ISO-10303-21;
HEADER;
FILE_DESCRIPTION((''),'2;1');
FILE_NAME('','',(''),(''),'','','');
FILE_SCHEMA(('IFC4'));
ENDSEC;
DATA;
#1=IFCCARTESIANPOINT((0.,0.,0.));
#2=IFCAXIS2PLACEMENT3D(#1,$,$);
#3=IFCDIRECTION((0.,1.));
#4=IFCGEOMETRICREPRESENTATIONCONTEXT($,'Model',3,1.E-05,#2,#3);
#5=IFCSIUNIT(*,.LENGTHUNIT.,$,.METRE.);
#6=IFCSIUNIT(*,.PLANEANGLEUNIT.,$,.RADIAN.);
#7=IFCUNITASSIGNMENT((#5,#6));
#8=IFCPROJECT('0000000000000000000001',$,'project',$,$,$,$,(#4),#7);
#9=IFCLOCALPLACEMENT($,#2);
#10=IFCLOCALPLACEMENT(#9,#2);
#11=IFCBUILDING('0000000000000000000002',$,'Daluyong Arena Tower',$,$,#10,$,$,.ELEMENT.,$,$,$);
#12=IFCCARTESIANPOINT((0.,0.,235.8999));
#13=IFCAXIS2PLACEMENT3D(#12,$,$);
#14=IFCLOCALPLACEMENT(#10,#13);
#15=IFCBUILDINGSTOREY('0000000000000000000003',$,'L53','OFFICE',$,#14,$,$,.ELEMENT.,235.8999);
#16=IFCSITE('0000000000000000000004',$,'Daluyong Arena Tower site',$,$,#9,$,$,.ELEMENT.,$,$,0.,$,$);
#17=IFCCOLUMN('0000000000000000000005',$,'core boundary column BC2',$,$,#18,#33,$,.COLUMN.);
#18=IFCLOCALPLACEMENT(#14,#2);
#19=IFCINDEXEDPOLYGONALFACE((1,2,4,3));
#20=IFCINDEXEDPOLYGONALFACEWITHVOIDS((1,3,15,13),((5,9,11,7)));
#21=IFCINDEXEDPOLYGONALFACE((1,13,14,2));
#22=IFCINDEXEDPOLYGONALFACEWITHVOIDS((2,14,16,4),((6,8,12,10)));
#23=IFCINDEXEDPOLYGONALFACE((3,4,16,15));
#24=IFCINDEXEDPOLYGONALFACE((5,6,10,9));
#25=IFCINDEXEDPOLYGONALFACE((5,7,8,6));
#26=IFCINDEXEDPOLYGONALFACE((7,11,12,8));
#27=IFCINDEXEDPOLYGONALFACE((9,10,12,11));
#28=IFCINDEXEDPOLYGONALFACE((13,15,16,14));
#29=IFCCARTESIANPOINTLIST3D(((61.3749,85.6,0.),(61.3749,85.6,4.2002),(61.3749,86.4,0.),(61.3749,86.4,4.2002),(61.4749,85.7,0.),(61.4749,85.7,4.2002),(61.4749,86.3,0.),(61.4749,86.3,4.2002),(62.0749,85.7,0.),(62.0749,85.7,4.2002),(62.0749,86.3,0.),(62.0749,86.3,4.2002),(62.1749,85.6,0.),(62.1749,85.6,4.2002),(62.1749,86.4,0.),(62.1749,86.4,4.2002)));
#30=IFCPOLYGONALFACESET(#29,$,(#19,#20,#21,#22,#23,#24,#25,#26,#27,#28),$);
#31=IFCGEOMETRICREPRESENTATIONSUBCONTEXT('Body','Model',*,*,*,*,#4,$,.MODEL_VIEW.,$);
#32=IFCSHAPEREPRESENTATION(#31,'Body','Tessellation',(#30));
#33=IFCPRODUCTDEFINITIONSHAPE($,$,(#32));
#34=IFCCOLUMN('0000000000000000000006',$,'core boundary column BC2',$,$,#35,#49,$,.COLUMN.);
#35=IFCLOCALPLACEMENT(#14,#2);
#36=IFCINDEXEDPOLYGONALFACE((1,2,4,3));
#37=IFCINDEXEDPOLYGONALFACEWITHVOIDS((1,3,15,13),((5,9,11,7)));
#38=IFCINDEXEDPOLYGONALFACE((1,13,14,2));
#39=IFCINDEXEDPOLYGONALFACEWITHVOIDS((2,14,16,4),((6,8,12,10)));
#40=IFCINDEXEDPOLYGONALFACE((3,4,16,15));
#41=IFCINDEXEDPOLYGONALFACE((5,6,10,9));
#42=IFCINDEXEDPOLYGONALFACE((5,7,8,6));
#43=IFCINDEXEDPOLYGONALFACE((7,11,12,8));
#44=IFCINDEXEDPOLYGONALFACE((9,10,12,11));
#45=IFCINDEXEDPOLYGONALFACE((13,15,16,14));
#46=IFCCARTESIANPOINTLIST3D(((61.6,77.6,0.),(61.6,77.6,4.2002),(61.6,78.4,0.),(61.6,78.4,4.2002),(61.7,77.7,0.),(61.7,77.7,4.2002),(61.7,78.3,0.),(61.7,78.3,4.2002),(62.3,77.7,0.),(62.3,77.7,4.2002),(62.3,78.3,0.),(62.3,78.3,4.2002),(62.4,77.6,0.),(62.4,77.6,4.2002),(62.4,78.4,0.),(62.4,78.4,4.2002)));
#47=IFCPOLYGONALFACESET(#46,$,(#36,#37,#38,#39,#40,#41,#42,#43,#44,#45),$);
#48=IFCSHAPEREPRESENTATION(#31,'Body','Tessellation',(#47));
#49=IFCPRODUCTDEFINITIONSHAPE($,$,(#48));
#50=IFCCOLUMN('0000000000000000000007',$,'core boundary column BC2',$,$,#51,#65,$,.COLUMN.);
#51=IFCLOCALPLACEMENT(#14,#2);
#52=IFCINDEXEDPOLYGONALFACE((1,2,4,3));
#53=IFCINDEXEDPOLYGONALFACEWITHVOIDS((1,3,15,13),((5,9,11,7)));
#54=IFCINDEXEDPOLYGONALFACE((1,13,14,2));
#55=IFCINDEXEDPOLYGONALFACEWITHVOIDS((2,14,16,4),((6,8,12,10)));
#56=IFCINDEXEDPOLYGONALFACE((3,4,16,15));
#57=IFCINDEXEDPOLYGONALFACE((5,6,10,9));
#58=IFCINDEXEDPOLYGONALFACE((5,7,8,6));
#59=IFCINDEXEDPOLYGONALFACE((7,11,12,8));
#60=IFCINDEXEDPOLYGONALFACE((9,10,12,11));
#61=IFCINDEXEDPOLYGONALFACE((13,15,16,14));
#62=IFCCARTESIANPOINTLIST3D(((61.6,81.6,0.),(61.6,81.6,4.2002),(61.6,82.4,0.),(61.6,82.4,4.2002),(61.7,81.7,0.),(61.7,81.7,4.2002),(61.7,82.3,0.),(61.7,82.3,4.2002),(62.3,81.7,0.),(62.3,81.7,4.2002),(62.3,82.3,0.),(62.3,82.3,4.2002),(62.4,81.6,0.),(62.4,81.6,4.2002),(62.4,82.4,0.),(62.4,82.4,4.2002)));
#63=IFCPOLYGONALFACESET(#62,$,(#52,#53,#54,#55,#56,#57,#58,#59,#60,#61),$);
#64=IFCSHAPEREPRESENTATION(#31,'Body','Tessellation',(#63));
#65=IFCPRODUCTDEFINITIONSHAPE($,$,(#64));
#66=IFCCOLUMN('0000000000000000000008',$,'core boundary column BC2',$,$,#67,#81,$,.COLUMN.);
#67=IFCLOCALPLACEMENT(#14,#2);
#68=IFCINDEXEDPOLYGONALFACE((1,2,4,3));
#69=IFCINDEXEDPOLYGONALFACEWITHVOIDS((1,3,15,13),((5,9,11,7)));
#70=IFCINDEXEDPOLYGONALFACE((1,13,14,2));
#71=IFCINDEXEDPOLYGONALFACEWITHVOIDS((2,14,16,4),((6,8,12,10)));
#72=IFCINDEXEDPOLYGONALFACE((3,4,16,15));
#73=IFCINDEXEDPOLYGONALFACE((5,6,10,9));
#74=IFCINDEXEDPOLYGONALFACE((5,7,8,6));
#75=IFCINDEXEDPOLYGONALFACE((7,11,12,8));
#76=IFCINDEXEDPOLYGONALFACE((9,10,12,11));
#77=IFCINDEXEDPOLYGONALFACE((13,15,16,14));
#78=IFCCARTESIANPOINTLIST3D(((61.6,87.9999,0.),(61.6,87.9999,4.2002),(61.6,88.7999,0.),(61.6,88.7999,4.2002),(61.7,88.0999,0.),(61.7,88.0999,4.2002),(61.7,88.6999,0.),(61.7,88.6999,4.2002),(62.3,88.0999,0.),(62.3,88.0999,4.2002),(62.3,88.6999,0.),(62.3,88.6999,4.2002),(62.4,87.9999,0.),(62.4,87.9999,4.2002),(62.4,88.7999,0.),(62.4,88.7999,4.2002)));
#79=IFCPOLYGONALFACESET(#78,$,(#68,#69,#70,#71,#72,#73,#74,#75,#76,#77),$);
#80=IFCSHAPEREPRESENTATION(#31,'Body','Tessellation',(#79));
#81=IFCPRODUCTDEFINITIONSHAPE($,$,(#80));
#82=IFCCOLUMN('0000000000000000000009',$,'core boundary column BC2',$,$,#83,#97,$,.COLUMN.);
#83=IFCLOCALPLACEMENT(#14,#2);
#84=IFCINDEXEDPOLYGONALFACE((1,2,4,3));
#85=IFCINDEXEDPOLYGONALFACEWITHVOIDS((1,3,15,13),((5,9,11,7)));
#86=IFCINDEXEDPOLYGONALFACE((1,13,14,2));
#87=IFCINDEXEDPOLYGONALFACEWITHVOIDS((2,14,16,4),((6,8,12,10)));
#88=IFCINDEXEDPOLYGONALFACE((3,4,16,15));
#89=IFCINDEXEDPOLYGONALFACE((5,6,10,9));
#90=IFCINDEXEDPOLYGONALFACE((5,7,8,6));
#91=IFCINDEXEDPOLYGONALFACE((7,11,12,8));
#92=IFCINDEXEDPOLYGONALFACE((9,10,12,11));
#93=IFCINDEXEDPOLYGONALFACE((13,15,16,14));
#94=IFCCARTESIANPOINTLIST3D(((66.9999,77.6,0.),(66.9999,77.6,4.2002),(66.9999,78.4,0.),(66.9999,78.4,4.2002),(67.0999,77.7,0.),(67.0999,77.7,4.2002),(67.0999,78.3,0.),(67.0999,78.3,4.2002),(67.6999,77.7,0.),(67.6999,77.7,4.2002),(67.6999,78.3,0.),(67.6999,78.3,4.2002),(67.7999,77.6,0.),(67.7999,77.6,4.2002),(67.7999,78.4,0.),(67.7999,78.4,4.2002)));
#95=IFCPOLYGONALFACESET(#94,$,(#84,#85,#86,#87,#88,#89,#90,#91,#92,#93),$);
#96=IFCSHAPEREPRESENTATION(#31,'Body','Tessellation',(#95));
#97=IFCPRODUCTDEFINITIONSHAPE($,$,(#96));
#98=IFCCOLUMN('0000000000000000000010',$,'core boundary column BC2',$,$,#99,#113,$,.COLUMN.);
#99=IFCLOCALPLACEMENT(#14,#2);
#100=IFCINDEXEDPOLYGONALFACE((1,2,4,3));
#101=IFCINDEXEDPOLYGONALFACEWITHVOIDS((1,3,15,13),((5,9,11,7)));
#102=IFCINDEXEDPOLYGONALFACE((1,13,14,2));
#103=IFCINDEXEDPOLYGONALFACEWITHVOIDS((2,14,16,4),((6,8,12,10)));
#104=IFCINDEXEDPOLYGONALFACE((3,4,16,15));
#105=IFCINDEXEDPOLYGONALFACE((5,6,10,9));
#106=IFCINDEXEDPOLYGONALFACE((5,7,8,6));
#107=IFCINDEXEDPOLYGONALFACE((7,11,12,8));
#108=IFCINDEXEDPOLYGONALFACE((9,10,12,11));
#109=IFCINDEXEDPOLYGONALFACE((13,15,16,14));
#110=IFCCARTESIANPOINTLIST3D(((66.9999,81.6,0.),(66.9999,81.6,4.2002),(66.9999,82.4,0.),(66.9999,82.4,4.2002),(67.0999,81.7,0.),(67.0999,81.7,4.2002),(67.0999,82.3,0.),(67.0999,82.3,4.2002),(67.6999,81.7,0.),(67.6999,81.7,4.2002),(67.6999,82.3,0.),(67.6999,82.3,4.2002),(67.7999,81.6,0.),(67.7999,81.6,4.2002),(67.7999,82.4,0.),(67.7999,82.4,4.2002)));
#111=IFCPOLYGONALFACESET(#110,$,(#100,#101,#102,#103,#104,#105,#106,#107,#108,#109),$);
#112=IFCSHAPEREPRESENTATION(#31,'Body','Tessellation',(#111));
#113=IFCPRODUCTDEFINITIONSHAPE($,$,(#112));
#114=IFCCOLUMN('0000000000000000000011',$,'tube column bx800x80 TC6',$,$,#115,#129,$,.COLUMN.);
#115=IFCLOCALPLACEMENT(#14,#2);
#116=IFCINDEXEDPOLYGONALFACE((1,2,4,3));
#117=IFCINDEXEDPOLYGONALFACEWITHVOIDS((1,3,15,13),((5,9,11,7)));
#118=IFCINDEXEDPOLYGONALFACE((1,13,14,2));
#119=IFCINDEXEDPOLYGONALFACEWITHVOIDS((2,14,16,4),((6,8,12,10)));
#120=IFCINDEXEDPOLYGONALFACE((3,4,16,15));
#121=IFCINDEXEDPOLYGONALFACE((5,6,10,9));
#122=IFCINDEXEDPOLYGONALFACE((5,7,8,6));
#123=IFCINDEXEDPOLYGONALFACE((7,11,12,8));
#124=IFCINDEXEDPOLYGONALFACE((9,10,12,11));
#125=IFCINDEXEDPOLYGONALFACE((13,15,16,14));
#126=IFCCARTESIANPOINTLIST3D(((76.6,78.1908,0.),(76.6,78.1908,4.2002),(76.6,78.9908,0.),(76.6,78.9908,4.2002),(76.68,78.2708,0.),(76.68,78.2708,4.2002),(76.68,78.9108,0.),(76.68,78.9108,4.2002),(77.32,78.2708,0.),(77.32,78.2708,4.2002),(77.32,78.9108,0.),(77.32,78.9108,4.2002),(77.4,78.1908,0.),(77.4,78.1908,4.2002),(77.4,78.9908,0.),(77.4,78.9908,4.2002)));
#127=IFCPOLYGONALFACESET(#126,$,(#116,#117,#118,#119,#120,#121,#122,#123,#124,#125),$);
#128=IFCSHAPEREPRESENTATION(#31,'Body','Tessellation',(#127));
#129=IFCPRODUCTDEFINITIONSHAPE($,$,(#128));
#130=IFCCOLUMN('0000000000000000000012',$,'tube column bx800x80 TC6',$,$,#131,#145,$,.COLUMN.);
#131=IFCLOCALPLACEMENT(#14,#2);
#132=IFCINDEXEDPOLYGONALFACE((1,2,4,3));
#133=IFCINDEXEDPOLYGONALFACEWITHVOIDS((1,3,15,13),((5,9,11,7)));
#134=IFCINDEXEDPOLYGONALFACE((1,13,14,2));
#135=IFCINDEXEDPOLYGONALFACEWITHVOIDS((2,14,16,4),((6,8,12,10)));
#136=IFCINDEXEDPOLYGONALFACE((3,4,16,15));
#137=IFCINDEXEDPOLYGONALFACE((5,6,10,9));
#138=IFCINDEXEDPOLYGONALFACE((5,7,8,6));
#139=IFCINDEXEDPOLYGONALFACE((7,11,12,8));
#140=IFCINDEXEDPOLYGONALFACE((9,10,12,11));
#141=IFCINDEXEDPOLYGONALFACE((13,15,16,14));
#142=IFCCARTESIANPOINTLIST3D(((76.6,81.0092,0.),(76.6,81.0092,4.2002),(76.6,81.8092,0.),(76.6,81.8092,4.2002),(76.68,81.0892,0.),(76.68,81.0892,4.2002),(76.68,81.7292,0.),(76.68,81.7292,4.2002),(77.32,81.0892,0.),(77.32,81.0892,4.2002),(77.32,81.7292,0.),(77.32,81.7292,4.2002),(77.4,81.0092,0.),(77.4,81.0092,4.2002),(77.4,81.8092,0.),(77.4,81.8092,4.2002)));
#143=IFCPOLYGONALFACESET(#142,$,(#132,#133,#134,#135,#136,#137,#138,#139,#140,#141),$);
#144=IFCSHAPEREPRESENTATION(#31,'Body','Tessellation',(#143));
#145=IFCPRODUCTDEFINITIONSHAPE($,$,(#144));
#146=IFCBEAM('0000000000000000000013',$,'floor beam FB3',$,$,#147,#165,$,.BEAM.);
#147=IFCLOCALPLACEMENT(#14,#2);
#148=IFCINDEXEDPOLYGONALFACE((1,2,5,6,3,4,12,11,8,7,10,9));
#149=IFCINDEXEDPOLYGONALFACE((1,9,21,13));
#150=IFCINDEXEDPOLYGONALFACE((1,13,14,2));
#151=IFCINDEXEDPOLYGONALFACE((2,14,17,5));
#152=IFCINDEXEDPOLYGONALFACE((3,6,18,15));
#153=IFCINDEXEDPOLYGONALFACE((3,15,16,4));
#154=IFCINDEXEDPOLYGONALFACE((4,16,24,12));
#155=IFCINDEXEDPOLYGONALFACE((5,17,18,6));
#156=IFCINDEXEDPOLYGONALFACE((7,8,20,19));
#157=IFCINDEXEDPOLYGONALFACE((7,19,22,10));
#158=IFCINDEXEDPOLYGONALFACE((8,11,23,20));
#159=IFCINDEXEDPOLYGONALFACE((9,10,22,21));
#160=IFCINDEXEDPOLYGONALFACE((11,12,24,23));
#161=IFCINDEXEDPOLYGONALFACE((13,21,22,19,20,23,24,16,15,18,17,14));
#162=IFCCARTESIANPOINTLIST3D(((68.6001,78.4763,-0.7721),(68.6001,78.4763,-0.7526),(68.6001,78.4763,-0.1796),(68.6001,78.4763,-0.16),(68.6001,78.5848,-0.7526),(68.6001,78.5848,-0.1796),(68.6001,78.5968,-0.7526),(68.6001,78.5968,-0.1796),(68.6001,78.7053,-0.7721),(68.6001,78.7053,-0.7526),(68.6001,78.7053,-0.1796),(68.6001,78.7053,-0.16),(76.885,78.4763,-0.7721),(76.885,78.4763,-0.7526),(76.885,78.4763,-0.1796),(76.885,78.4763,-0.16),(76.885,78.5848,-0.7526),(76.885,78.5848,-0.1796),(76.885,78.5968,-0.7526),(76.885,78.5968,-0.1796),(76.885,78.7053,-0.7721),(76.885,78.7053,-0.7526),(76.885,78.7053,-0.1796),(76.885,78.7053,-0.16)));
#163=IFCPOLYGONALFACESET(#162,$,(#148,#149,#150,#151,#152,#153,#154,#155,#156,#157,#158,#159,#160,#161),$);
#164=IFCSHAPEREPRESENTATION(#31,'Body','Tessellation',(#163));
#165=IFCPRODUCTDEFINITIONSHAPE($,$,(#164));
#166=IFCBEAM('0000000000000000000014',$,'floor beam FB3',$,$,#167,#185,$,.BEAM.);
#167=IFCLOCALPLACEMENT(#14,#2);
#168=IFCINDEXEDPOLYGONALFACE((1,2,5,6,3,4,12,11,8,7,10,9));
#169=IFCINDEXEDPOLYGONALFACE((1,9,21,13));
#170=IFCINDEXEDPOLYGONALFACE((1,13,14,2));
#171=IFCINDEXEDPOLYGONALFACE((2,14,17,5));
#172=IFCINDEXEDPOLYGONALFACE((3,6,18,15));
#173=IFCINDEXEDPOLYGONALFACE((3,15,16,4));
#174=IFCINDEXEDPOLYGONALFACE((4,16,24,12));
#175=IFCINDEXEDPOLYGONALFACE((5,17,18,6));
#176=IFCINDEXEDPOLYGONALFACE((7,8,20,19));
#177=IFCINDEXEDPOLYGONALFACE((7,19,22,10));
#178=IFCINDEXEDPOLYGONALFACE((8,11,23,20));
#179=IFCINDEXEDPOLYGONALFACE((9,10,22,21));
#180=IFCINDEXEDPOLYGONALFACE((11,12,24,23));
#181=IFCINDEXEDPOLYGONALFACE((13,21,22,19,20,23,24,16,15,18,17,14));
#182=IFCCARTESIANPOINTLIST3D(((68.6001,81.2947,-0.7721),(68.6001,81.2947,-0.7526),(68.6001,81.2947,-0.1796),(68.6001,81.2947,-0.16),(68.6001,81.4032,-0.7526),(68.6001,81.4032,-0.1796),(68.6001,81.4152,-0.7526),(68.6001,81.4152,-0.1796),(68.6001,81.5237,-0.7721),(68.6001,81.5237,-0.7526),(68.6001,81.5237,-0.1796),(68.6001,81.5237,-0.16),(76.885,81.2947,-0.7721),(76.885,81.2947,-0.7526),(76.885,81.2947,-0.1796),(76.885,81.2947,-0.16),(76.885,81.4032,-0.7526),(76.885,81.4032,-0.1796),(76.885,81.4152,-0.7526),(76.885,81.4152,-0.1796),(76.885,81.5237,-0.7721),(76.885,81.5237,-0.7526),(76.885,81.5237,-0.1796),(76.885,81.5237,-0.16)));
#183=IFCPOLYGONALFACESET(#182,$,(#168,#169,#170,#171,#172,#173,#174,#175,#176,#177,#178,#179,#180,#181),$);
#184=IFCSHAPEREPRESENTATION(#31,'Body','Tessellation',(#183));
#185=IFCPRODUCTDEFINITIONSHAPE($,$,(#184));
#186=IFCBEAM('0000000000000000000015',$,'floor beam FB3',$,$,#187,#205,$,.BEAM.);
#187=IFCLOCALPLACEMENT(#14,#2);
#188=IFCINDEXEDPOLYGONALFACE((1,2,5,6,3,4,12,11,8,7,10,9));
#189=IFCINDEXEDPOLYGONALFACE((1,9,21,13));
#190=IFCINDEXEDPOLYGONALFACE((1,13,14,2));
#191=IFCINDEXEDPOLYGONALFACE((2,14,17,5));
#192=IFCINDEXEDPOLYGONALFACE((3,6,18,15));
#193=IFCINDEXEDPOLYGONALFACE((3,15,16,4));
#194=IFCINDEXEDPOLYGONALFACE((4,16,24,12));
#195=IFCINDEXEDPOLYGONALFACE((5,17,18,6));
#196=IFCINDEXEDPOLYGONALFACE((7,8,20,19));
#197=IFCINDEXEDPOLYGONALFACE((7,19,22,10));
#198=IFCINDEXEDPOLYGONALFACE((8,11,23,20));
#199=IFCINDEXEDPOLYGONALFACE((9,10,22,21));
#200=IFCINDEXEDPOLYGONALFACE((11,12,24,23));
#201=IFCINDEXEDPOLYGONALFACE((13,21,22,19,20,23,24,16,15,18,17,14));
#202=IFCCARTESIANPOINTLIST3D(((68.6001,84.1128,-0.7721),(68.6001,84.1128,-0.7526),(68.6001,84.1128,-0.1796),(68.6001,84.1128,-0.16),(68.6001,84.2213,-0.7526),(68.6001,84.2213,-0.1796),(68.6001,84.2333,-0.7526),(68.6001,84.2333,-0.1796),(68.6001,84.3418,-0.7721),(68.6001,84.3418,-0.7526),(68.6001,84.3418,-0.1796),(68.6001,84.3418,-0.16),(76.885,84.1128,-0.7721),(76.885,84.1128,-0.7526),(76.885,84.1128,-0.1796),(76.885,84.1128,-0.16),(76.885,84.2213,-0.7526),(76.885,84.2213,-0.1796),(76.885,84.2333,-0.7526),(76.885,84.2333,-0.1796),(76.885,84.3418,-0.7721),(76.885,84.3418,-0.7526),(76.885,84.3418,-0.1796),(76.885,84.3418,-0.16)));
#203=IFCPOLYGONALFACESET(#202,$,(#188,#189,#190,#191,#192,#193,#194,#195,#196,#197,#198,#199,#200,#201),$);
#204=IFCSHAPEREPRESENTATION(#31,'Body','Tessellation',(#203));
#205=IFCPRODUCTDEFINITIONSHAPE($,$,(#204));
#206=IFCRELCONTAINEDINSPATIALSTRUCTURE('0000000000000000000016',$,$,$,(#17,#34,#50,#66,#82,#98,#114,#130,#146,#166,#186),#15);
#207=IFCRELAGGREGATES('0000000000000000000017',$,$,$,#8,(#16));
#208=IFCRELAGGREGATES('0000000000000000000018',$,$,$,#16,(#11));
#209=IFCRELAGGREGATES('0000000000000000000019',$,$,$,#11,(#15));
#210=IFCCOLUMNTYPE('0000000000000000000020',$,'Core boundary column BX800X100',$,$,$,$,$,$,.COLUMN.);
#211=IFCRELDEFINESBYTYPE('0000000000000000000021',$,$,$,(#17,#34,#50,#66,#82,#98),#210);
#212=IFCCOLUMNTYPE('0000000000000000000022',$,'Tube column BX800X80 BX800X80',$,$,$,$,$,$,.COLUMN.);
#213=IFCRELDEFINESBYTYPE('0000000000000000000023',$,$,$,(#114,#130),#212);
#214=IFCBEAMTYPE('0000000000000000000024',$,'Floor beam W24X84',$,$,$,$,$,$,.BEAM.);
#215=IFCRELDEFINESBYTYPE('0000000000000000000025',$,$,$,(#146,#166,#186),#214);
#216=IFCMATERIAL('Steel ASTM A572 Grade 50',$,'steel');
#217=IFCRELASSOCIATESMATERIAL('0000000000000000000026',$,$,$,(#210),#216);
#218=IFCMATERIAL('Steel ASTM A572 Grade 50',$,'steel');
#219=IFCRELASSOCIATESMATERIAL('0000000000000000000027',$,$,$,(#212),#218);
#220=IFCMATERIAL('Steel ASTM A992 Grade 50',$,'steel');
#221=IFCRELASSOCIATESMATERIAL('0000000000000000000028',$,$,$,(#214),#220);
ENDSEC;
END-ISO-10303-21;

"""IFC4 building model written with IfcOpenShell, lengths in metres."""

from ifc_helpers import new_model, si_unit, direction, frame, origin, origin_2d, place, context, subcontext, project, spatial, hollow_rectangle, i_section, extrude, material, material_profile, profile_set, type_object, element, save


model = new_model("IFC4")

# Units and contexts
model_context = context("Model", 3, precision=1e-05, world=origin(), true_north=direction((0.0, 1.0)))
body_context = subcontext(model_context, "Body", "Model", "MODEL_VIEW")
ifc_project = project(units=[si_unit("LENGTHUNIT", "METRE"), si_unit("PLANEANGLEUNIT", "RADIAN")], contexts=[model_context])

# Site, building, storey
site_placement = place(None, origin())
site = spatial("IfcSite", under=ifc_project, at=site_placement, Name="Daluyong Arena Tower site", CompositionType="ELEMENT", RefElevation=0.0)
building_placement = place(site_placement, origin())
building = spatial("IfcBuilding", under=site, at=building_placement, Name="Daluyong Arena Tower", CompositionType="ELEMENT")
storey_placement = place(building_placement, frame((0.0, 0.0, 235.8999)))
storey = spatial("IfcBuildingStorey", under=building, at=storey_placement, Name="L53", Description="OFFICE", CompositionType="ELEMENT", Elevation=235.8999)

# Columns
ifc_material_1 = material(Name="Steel ASTM A572 Grade 50", Category="steel")
ifc_material_profile_1 = material_profile(ifc_material_1, hollow_rectangle(XDim=0.8, YDim=0.8, WallThickness=0.1, at=origin_2d()))
ifc_profile_set_1 = profile_set([ifc_material_profile_1], Name="Steel ASTM A572 Grade 50")
column_type_1 = type_object("IfcColumnType", Name="Core boundary column BX800X100", PredefinedType="COLUMN", material=ifc_profile_set_1)
for number, where, z_axis, x_axis, name in (
    (1, (61.7749, 86.0, 0.0), (0.0, 0.0, 1.0), (1.0, 0.0, 0.0), "core boundary column BC2"),
    (2, (62.0, 78.0, 0.0), (0.0, 0.0, 1.0), (1.0, 0.0, 0.0), "core boundary column BC2"),
    (3, (62.0, 82.0, 0.0), (0.0, 0.0, 1.0), (1.0, 0.0, 0.0), "core boundary column BC2"),
    (4, (62.0, 88.3999, 0.0), (0.0, 0.0, 1.0), (1.0, 0.0, 0.0), "core boundary column BC2"),
    (5, (67.3999, 78.0, 0.0), (0.0, 0.0, 1.0), (1.0, 0.0, 0.0), "core boundary column BC2"),
    (6, (67.3999, 82.0, 0.0), (0.0, 0.0, 1.0), (1.0, 0.0, 0.0), "core boundary column BC2"),
):
    element("IfcColumn", number, at=place(storey_placement, frame(where, z_axis=z_axis, x_axis=x_axis)), inside=storey, type_object=column_type_1, Name=name, PredefinedType="COLUMN", context=body_context, shape_type="SweptSolid", body=[
        extrude(hollow_rectangle(XDim=0.8, YDim=0.8, WallThickness=0.1, at=origin_2d()), origin(), (0.0, 0.0, 1.0), 4.2002),
    ])
ifc_material_2 = material(Name="Steel ASTM A572 Grade 50", Category="steel")
ifc_material_profile_2 = material_profile(ifc_material_2, hollow_rectangle(XDim=0.8, YDim=0.8, WallThickness=0.08, at=origin_2d()))
ifc_profile_set_2 = profile_set([ifc_material_profile_2], Name="Steel ASTM A572 Grade 50")
column_type_2 = type_object("IfcColumnType", Name="Tube column BX800X80 BX800X80", PredefinedType="COLUMN", material=ifc_profile_set_2)
for number, where, z_axis, x_axis, name in (
    (7, (77.0, 78.5908, 0.0), (0.0, 0.0, 1.0), (0.0, 1.0, 0.0), "tube column bx800x80 TC6"),
    (8, (77.0, 81.4092, 0.0), (0.0, 0.0, 1.0), (0.0, 1.0, 0.0), "tube column bx800x80 TC6"),
):
    element("IfcColumn", number, at=place(storey_placement, frame(where, z_axis=z_axis, x_axis=x_axis)), inside=storey, type_object=column_type_2, Name=name, PredefinedType="COLUMN", context=body_context, shape_type="SweptSolid", body=[
        extrude(hollow_rectangle(XDim=0.8, YDim=0.8, WallThickness=0.08, at=origin_2d()), origin(), (0.0, 0.0, 1.0), 4.2002),
    ])

# Beams
ifc_material_3 = material(Name="Steel ASTM A992 Grade 50", Category="steel")
ifc_material_profile_3 = material_profile(ifc_material_3, i_section(OverallWidth=0.229, OverallDepth=0.6121, WebThickness=0.012, FlangeThickness=0.0195, at=origin_2d()))
ifc_profile_set_3 = profile_set([ifc_material_profile_3], Name="Steel ASTM A992 Grade 50")
beam_type_1 = type_object("IfcBeamType", Name="Floor beam W24X84", PredefinedType="BEAM", material=ifc_profile_set_3)
for number, where, z_axis, x_axis, name in (
    (9, (76.885, 78.5908, -0.4661), (-1.0, 0.0, 0.0), (0.0, -1.0, 0.0), "floor beam FB3"),
    (10, (76.885, 81.4092, -0.4661), (-1.0, 0.0, 0.0), (0.0, -1.0, 0.0), "floor beam FB3"),
    (11, (76.885, 84.2273, -0.4661), (-1.0, 0.0, 0.0), (0.0, -1.0, 0.0), "floor beam FB3"),
):
    element("IfcBeam", number, at=place(storey_placement, frame(where, z_axis=z_axis, x_axis=x_axis)), inside=storey, type_object=beam_type_1, Name=name, PredefinedType="BEAM", context=body_context, shape_type="SweptSolid", body=[
        extrude(i_section(OverallWidth=0.229, OverallDepth=0.6121, WebThickness=0.012, FlangeThickness=0.0195, at=origin_2d()), origin(), (0.0, 0.0, 1.0), 8.2849),
    ])

save(model, "model.ifc")
